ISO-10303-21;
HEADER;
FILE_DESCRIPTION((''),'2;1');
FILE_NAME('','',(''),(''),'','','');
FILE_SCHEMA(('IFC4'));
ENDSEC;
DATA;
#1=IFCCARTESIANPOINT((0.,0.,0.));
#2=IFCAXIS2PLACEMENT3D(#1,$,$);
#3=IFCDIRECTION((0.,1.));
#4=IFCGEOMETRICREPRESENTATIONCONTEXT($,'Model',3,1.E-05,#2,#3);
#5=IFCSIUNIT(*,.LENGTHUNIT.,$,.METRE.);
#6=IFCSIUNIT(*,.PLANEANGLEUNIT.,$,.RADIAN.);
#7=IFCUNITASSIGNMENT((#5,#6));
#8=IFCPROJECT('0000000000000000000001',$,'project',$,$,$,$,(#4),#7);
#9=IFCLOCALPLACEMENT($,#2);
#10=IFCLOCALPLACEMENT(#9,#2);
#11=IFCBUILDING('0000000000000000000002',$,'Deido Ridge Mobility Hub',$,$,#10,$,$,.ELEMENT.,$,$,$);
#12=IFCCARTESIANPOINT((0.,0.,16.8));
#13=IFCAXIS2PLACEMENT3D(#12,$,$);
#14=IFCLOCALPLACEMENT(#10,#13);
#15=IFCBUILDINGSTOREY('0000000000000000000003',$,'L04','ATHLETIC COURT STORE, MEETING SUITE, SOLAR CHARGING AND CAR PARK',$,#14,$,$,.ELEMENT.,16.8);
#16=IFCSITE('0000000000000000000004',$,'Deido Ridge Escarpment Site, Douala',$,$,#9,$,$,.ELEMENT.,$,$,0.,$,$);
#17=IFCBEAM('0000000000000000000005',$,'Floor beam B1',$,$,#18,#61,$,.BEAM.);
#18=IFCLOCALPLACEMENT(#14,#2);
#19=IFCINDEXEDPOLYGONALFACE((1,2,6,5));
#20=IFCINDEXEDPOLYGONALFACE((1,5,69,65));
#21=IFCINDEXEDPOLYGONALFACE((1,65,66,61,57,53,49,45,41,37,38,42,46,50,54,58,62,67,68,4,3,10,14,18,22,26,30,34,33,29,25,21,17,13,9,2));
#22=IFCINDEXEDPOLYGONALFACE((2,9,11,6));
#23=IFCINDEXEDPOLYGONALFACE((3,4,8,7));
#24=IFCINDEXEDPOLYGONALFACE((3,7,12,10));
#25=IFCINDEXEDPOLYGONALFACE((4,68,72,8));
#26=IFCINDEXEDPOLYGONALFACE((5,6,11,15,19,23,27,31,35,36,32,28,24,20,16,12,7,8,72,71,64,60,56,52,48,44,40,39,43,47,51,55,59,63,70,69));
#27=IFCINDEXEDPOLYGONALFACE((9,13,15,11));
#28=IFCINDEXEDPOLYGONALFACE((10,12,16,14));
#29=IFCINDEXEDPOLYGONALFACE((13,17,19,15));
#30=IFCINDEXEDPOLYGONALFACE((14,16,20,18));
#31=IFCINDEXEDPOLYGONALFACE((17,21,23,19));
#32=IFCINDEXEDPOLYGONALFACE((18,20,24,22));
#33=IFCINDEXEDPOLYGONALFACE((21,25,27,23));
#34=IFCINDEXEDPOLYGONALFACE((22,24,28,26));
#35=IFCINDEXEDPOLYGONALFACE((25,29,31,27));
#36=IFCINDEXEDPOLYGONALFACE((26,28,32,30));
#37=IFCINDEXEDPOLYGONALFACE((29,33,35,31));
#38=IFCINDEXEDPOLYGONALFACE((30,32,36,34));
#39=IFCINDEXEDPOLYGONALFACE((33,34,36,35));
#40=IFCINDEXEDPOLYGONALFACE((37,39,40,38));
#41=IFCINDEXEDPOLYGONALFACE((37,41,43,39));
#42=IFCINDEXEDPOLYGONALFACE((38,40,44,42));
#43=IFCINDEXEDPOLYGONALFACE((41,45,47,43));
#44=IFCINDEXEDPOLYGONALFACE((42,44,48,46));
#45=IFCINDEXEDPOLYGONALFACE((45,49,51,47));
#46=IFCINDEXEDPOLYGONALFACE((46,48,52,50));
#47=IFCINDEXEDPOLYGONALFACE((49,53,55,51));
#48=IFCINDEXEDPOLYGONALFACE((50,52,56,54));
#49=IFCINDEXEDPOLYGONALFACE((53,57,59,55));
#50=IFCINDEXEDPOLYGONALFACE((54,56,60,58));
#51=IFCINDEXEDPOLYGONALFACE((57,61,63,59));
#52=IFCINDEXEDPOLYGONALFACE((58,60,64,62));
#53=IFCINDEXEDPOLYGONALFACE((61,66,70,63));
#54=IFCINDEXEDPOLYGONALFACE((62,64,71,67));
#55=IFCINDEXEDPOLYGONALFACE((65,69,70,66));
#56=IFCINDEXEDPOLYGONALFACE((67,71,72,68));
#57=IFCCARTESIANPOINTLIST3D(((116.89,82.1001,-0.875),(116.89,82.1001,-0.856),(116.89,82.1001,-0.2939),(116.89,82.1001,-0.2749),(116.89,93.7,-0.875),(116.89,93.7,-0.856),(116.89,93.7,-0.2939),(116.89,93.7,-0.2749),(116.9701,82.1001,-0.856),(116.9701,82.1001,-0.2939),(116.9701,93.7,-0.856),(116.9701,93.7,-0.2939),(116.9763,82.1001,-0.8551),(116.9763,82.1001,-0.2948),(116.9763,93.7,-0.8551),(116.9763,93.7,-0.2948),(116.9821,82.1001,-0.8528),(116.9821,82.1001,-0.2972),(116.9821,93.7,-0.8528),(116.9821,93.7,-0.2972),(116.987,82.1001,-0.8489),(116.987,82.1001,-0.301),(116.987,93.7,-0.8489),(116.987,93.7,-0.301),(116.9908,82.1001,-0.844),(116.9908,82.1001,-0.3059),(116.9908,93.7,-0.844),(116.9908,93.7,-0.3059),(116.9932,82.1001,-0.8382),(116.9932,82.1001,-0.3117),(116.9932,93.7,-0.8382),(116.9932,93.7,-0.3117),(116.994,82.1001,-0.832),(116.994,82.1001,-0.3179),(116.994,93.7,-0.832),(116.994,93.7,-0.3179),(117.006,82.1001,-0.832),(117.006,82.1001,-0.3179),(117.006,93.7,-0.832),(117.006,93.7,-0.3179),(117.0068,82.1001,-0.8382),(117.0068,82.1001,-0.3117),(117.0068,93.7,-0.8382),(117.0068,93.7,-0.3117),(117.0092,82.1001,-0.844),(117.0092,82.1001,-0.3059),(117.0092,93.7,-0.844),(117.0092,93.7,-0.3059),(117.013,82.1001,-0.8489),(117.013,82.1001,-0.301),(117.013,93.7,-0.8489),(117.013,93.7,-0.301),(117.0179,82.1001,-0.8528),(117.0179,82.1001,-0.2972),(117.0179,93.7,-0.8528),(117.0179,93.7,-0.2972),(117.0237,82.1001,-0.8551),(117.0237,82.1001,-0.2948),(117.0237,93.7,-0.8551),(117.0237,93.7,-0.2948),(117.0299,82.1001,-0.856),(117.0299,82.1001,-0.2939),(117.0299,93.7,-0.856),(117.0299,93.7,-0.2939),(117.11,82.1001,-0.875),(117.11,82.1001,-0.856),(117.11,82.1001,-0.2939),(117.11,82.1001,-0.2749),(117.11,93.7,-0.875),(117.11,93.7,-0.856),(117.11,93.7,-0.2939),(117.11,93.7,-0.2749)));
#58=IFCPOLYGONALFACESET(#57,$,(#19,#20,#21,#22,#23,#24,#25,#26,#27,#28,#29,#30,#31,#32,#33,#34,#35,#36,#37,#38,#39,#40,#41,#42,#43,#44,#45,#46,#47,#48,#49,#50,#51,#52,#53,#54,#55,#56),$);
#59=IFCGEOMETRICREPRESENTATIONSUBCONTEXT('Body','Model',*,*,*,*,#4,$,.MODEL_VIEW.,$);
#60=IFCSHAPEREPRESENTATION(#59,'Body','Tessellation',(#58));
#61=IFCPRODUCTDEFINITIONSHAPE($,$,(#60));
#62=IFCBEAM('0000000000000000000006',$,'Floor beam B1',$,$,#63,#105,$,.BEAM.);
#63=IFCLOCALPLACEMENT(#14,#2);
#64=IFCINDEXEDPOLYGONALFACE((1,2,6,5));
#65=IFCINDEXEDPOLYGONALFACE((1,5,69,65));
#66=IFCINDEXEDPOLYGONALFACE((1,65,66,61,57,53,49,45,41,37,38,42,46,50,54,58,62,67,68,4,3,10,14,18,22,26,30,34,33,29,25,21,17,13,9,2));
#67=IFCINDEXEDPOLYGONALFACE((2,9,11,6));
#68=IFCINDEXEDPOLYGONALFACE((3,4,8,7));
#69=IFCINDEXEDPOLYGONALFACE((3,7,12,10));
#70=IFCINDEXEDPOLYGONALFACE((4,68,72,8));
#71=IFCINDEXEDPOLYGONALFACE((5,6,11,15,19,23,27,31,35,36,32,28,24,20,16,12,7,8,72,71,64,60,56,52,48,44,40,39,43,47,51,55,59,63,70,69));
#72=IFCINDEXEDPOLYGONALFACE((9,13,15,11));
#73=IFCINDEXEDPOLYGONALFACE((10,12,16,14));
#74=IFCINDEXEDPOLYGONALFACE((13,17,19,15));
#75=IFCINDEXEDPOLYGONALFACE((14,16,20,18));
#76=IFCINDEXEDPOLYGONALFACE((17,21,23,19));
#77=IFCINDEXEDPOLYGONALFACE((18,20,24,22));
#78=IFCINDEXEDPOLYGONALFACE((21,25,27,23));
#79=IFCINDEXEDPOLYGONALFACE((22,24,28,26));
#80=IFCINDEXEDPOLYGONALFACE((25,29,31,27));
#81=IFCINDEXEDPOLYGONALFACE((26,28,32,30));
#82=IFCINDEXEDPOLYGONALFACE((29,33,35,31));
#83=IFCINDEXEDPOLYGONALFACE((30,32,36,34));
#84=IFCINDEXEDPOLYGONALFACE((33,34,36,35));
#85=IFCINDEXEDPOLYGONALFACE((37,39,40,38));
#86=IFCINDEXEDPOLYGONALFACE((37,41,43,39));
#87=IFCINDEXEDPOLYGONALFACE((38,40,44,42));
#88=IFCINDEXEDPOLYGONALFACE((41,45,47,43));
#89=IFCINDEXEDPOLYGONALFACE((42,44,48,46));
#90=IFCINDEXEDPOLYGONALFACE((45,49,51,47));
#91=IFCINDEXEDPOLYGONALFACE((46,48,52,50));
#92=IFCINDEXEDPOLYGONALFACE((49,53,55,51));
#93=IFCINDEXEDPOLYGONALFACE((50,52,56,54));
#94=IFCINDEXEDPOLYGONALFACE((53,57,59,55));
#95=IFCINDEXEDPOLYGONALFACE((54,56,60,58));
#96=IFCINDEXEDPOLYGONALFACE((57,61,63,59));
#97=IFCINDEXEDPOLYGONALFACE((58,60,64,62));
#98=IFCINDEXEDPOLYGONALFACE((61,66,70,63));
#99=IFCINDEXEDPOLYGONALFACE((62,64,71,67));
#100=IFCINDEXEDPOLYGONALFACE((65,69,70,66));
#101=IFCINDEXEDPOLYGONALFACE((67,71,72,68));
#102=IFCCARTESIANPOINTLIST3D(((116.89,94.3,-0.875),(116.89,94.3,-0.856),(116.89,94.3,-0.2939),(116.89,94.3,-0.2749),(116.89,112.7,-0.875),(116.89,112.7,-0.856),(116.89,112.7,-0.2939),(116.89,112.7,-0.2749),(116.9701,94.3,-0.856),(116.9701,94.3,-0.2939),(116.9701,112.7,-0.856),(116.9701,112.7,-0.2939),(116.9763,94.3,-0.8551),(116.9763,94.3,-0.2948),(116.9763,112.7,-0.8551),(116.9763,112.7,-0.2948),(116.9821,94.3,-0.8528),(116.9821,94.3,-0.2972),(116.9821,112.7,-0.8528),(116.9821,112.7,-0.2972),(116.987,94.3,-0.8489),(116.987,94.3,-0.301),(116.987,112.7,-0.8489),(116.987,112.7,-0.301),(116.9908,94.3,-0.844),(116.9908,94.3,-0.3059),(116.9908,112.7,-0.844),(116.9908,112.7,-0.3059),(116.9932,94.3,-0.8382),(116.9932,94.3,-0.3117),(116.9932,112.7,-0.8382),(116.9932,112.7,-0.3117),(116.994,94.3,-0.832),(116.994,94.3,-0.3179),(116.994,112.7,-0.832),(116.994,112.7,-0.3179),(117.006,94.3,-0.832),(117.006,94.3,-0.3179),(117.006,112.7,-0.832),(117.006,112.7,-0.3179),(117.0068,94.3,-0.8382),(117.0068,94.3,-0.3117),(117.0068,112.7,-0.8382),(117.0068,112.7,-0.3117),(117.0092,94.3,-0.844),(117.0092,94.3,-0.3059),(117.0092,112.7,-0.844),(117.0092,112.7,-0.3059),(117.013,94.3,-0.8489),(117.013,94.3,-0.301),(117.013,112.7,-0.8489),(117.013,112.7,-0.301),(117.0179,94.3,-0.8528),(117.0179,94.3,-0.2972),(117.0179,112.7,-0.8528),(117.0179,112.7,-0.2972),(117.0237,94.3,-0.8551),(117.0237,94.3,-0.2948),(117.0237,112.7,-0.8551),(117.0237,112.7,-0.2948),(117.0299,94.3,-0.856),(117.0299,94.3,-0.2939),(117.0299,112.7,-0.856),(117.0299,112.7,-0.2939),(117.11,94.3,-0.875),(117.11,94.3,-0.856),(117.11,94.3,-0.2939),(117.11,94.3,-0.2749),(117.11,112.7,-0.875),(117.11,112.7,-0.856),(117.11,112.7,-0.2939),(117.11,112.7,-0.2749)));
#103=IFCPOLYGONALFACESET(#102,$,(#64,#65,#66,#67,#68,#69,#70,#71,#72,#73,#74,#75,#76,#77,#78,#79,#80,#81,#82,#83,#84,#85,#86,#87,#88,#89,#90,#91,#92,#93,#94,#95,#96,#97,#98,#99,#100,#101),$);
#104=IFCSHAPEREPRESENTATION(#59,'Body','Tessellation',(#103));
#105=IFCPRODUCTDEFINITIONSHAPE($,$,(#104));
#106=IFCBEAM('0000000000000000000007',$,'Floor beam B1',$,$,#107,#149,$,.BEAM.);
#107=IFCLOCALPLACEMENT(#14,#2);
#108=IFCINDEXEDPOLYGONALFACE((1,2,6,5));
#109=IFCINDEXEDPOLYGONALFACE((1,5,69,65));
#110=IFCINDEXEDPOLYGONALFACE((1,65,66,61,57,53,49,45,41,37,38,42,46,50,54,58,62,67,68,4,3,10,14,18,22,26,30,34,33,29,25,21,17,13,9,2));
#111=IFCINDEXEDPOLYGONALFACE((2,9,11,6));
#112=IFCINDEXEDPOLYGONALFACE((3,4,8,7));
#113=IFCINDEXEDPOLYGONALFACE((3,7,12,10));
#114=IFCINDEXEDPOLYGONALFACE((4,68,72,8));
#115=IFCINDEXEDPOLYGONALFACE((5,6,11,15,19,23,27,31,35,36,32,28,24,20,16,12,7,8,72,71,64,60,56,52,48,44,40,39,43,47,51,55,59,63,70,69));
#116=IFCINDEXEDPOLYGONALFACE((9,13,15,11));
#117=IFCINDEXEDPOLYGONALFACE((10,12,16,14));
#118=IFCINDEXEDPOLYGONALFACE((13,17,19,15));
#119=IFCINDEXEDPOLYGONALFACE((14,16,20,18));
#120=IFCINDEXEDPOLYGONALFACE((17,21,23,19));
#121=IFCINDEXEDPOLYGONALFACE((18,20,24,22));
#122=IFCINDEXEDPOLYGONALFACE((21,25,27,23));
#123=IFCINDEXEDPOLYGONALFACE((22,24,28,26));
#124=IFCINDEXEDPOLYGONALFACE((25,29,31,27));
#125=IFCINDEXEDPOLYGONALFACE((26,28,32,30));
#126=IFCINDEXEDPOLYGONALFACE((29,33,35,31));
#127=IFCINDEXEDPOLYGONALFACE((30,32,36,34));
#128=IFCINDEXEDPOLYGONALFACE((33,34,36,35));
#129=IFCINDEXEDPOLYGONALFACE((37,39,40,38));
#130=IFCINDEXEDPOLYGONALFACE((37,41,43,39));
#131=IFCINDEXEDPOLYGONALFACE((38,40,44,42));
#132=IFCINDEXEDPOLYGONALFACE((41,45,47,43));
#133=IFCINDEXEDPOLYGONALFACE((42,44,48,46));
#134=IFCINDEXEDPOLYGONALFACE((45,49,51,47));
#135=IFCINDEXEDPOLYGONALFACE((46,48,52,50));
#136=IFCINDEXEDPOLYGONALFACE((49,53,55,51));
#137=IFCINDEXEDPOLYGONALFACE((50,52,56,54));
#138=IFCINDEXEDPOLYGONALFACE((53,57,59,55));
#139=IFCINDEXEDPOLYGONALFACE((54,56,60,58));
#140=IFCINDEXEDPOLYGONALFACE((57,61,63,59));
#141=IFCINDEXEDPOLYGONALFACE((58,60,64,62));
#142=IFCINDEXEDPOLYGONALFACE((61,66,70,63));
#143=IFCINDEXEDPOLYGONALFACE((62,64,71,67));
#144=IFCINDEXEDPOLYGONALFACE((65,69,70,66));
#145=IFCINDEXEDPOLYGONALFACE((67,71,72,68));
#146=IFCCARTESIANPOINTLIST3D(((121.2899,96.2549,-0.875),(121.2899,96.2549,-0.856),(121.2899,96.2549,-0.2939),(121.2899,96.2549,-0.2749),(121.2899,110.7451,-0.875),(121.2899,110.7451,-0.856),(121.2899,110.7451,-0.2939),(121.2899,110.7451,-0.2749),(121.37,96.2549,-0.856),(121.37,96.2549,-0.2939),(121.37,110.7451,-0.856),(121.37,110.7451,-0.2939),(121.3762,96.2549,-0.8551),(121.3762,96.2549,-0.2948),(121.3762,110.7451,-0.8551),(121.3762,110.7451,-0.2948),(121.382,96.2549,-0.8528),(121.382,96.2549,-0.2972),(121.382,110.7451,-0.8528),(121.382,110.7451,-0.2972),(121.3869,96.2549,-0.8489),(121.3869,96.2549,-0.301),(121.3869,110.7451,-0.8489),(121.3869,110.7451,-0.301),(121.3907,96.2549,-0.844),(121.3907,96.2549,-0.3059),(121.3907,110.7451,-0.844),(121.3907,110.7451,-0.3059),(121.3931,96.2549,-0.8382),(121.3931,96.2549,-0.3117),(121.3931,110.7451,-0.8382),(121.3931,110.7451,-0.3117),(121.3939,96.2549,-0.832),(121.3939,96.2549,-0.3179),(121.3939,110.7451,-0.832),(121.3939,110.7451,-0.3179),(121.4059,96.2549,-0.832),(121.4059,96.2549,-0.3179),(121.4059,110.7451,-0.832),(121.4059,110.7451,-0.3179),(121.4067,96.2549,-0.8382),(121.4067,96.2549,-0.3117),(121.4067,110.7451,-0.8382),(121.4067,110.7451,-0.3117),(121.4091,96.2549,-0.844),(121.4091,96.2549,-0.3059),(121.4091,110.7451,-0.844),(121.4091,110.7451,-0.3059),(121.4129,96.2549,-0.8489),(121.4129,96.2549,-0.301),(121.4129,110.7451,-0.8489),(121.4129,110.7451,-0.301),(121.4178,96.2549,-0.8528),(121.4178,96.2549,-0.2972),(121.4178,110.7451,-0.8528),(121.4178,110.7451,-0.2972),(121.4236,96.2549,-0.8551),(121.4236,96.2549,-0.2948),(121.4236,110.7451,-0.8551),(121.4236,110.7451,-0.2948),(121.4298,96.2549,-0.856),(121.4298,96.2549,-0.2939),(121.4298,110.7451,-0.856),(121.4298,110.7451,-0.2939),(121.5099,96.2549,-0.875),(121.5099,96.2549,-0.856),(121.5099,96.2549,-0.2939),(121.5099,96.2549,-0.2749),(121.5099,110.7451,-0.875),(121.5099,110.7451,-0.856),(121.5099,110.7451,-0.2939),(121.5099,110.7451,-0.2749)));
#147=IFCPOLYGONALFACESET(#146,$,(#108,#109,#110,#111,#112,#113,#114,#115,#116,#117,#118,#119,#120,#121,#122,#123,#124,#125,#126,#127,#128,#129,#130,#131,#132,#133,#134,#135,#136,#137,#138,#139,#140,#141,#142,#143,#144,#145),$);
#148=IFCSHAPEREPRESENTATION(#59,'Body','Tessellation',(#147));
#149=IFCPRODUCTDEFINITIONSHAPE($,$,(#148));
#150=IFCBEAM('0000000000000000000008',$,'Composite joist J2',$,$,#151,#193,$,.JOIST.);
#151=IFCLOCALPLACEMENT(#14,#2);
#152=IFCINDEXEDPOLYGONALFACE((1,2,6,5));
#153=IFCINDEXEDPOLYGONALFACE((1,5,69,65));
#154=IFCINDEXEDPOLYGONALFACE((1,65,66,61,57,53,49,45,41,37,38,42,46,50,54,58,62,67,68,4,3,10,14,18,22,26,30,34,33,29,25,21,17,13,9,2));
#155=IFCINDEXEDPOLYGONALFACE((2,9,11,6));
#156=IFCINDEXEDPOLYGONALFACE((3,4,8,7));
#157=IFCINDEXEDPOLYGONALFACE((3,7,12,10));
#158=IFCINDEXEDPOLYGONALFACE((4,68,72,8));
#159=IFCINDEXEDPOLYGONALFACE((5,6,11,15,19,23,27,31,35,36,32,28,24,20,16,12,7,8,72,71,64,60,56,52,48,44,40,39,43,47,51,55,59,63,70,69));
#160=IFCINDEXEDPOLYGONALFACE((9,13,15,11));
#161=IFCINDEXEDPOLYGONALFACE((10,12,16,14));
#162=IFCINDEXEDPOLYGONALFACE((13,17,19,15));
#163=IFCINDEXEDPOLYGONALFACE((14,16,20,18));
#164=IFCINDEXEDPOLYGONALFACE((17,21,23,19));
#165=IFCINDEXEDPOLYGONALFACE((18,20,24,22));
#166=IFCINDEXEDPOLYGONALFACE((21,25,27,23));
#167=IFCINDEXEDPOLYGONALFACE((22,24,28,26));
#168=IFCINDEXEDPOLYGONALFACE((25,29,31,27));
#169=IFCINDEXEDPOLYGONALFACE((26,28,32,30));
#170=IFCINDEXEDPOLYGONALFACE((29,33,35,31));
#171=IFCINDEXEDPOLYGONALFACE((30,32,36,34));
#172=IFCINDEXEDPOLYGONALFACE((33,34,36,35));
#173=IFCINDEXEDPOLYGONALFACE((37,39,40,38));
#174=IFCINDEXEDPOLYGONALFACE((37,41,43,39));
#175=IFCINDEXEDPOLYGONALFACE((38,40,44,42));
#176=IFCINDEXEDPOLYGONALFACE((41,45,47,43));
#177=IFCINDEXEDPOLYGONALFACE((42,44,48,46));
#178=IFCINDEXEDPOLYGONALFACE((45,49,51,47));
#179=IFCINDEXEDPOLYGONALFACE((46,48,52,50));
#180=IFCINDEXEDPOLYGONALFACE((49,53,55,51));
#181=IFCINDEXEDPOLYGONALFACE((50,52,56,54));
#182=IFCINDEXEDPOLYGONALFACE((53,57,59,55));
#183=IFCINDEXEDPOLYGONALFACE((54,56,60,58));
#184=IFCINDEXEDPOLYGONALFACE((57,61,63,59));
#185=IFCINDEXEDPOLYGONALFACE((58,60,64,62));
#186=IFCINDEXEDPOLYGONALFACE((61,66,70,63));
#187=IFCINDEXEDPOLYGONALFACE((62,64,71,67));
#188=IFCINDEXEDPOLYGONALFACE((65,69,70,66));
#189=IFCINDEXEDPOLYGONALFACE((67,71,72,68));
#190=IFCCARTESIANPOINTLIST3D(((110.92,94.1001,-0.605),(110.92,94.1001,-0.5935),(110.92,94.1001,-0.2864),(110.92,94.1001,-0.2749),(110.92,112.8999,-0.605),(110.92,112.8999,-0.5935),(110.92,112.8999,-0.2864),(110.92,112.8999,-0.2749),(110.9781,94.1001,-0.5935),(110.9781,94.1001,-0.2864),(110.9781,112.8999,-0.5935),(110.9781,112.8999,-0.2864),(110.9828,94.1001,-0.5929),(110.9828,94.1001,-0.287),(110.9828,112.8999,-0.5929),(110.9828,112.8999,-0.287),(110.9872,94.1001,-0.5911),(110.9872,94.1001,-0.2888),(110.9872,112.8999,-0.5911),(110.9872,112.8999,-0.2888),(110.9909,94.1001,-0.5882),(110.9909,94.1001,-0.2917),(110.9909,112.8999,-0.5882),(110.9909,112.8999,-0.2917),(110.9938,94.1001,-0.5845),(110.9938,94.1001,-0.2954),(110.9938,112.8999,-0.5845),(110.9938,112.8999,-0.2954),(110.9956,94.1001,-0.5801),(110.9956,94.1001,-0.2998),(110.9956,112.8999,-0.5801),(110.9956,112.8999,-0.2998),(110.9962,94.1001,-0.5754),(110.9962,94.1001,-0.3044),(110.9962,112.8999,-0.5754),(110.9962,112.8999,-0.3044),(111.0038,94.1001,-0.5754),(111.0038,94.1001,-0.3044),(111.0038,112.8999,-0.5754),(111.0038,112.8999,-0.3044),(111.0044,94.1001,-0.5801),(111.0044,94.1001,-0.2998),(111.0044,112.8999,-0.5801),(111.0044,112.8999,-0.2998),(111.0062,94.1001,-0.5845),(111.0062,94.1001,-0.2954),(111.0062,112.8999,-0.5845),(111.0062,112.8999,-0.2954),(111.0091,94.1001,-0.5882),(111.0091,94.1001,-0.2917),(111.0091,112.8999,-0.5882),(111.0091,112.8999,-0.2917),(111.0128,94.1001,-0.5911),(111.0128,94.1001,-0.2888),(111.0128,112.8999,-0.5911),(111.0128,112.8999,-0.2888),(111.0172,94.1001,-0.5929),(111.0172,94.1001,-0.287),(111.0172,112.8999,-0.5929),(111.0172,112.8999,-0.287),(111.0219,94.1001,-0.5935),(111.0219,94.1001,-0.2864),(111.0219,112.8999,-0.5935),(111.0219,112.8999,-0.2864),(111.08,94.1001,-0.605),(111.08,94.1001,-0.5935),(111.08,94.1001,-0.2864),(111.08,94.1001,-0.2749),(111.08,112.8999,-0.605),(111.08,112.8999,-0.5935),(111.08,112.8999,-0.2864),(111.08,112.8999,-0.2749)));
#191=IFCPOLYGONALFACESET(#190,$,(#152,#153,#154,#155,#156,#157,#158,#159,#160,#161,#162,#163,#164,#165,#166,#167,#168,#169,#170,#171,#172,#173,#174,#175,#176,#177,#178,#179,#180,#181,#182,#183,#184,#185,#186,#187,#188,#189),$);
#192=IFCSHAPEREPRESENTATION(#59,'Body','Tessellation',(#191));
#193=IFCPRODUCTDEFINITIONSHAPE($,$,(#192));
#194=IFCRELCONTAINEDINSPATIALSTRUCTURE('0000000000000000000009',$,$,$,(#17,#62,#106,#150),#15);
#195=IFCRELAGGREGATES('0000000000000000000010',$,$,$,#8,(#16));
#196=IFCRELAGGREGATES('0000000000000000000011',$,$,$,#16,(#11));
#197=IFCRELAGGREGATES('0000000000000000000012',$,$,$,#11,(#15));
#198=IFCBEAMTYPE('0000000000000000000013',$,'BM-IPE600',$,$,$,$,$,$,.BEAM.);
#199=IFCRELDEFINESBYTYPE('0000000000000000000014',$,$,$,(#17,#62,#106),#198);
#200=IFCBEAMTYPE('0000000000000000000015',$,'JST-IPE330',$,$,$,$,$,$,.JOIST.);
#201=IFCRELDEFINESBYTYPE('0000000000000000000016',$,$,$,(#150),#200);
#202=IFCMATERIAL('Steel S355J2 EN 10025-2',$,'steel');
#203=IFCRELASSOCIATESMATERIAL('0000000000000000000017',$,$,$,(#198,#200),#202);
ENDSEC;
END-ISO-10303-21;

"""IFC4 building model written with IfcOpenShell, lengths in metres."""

from ifc_helpers import new_model, si_unit, direction, frame, origin, origin_2d, place, context, subcontext, project, spatial, i_section, extrude, material, material_profile, profile_set, type_object, element, save


model = new_model("IFC4")

# Units and contexts
model_context = context("Model", 3, precision=1e-05, world=origin(), true_north=direction((0.0, 1.0)))
body_context = subcontext(model_context, "Body", "Model", "MODEL_VIEW")
ifc_project = project(units=[si_unit("LENGTHUNIT", "METRE"), si_unit("PLANEANGLEUNIT", "RADIAN")], contexts=[model_context])

# Site, building, storey
site_placement = place(None, origin())
site = spatial("IfcSite", under=ifc_project, at=site_placement, Name="Deido Ridge Escarpment Site, Douala", CompositionType="ELEMENT", RefElevation=0.0)
building_placement = place(site_placement, origin())
building = spatial("IfcBuilding", under=site, at=building_placement, Name="Deido Ridge Mobility Hub", CompositionType="ELEMENT")
storey_placement = place(building_placement, frame((0.0, 0.0, 16.8)))
storey = spatial("IfcBuildingStorey", under=building, at=storey_placement, Name="L04", Description="ATHLETIC COURT STORE, MEETING SUITE, SOLAR CHARGING AND CAR PARK", CompositionType="ELEMENT", Elevation=16.8)

# Shared definitions
ifc_material_1 = material(Name="Steel S355J2 EN 10025-2", Category="steel")

# Beams
ifc_material_profile_1 = material_profile(ifc_material_1, i_section(OverallWidth=0.22, OverallDepth=0.6001, WebThickness=0.012, FlangeThickness=0.019, FilletRadius=0.0239, at=origin_2d()), Name="IPE 600")
ifc_profile_set_1 = profile_set([ifc_material_profile_1], Name="Steel S355J2 EN 10025-2")
beam_type_1 = type_object("IfcBeamType", Name="BM-IPE600", PredefinedType="BEAM", material=ifc_profile_set_1)
beam_1_placement = place(storey_placement, frame((117.0, 82.1001, -0.575), z_axis=(0.0, 1.0, 0.0), x_axis=(-1.0, 0.0, 0.0)))
element("IfcBeam", 1, at=beam_1_placement, inside=storey, type_object=beam_type_1, Name="Floor beam B1", PredefinedType="BEAM", context=body_context, shape_type="SweptSolid", body=[
    extrude(i_section(OverallWidth=0.22, OverallDepth=0.6001, WebThickness=0.012, FlangeThickness=0.019, FilletRadius=0.0239, at=origin_2d()), origin(), (0.0, 0.0, 1.0), 11.5999),
])
beam_2_placement = place(storey_placement, frame((117.0, 94.3, -0.575), z_axis=(0.0, 1.0, 0.0), x_axis=(-1.0, 0.0, 0.0)))
element("IfcBeam", 2, at=beam_2_placement, inside=storey, type_object=beam_type_1, Name="Floor beam B1", PredefinedType="BEAM", context=body_context, shape_type="SweptSolid", body=[
    extrude(i_section(OverallWidth=0.22, OverallDepth=0.6001, WebThickness=0.012, FlangeThickness=0.019, FilletRadius=0.0239, at=origin_2d()), origin(), (0.0, 0.0, 1.0), 18.3999),
])
beam_3_placement = place(storey_placement, frame((121.3999, 96.2549, -0.575), z_axis=(0.0, 1.0, 0.0), x_axis=(-1.0, 0.0, 0.0)))
element("IfcBeam", 3, at=beam_3_placement, inside=storey, type_object=beam_type_1, Name="Floor beam B1", PredefinedType="BEAM", context=body_context, shape_type="SweptSolid", body=[
    extrude(i_section(OverallWidth=0.22, OverallDepth=0.6001, WebThickness=0.012, FlangeThickness=0.019, FilletRadius=0.0239, at=origin_2d()), origin(), (0.0, 0.0, 1.0), 14.4902),
])
ifc_material_profile_2 = material_profile(ifc_material_1, i_section(OverallWidth=0.1599, OverallDepth=0.3301, WebThickness=0.0076, FlangeThickness=0.0115, FilletRadius=0.0181, at=origin_2d()), Name="IPE 330")
ifc_profile_set_2 = profile_set([ifc_material_profile_2], Name="Steel S355J2 EN 10025-2")
beam_type_2 = type_object("IfcBeamType", Name="JST-IPE330", PredefinedType="JOIST", material=ifc_profile_set_2)
beam_4_placement = place(storey_placement, frame((111.0, 94.1001, -0.4399), z_axis=(0.0, 1.0, 0.0), x_axis=(-1.0, 0.0, 0.0)))
element("IfcBeam", 4, at=beam_4_placement, inside=storey, type_object=beam_type_2, Name="Composite joist J2", PredefinedType="JOIST", context=body_context, shape_type="SweptSolid", body=[
    extrude(i_section(OverallWidth=0.1599, OverallDepth=0.3301, WebThickness=0.0076, FlangeThickness=0.0115, FilletRadius=0.0181, at=origin_2d()), origin(), (0.0, 0.0, 1.0), 18.7998),
])

save(model, "model.ifc")
